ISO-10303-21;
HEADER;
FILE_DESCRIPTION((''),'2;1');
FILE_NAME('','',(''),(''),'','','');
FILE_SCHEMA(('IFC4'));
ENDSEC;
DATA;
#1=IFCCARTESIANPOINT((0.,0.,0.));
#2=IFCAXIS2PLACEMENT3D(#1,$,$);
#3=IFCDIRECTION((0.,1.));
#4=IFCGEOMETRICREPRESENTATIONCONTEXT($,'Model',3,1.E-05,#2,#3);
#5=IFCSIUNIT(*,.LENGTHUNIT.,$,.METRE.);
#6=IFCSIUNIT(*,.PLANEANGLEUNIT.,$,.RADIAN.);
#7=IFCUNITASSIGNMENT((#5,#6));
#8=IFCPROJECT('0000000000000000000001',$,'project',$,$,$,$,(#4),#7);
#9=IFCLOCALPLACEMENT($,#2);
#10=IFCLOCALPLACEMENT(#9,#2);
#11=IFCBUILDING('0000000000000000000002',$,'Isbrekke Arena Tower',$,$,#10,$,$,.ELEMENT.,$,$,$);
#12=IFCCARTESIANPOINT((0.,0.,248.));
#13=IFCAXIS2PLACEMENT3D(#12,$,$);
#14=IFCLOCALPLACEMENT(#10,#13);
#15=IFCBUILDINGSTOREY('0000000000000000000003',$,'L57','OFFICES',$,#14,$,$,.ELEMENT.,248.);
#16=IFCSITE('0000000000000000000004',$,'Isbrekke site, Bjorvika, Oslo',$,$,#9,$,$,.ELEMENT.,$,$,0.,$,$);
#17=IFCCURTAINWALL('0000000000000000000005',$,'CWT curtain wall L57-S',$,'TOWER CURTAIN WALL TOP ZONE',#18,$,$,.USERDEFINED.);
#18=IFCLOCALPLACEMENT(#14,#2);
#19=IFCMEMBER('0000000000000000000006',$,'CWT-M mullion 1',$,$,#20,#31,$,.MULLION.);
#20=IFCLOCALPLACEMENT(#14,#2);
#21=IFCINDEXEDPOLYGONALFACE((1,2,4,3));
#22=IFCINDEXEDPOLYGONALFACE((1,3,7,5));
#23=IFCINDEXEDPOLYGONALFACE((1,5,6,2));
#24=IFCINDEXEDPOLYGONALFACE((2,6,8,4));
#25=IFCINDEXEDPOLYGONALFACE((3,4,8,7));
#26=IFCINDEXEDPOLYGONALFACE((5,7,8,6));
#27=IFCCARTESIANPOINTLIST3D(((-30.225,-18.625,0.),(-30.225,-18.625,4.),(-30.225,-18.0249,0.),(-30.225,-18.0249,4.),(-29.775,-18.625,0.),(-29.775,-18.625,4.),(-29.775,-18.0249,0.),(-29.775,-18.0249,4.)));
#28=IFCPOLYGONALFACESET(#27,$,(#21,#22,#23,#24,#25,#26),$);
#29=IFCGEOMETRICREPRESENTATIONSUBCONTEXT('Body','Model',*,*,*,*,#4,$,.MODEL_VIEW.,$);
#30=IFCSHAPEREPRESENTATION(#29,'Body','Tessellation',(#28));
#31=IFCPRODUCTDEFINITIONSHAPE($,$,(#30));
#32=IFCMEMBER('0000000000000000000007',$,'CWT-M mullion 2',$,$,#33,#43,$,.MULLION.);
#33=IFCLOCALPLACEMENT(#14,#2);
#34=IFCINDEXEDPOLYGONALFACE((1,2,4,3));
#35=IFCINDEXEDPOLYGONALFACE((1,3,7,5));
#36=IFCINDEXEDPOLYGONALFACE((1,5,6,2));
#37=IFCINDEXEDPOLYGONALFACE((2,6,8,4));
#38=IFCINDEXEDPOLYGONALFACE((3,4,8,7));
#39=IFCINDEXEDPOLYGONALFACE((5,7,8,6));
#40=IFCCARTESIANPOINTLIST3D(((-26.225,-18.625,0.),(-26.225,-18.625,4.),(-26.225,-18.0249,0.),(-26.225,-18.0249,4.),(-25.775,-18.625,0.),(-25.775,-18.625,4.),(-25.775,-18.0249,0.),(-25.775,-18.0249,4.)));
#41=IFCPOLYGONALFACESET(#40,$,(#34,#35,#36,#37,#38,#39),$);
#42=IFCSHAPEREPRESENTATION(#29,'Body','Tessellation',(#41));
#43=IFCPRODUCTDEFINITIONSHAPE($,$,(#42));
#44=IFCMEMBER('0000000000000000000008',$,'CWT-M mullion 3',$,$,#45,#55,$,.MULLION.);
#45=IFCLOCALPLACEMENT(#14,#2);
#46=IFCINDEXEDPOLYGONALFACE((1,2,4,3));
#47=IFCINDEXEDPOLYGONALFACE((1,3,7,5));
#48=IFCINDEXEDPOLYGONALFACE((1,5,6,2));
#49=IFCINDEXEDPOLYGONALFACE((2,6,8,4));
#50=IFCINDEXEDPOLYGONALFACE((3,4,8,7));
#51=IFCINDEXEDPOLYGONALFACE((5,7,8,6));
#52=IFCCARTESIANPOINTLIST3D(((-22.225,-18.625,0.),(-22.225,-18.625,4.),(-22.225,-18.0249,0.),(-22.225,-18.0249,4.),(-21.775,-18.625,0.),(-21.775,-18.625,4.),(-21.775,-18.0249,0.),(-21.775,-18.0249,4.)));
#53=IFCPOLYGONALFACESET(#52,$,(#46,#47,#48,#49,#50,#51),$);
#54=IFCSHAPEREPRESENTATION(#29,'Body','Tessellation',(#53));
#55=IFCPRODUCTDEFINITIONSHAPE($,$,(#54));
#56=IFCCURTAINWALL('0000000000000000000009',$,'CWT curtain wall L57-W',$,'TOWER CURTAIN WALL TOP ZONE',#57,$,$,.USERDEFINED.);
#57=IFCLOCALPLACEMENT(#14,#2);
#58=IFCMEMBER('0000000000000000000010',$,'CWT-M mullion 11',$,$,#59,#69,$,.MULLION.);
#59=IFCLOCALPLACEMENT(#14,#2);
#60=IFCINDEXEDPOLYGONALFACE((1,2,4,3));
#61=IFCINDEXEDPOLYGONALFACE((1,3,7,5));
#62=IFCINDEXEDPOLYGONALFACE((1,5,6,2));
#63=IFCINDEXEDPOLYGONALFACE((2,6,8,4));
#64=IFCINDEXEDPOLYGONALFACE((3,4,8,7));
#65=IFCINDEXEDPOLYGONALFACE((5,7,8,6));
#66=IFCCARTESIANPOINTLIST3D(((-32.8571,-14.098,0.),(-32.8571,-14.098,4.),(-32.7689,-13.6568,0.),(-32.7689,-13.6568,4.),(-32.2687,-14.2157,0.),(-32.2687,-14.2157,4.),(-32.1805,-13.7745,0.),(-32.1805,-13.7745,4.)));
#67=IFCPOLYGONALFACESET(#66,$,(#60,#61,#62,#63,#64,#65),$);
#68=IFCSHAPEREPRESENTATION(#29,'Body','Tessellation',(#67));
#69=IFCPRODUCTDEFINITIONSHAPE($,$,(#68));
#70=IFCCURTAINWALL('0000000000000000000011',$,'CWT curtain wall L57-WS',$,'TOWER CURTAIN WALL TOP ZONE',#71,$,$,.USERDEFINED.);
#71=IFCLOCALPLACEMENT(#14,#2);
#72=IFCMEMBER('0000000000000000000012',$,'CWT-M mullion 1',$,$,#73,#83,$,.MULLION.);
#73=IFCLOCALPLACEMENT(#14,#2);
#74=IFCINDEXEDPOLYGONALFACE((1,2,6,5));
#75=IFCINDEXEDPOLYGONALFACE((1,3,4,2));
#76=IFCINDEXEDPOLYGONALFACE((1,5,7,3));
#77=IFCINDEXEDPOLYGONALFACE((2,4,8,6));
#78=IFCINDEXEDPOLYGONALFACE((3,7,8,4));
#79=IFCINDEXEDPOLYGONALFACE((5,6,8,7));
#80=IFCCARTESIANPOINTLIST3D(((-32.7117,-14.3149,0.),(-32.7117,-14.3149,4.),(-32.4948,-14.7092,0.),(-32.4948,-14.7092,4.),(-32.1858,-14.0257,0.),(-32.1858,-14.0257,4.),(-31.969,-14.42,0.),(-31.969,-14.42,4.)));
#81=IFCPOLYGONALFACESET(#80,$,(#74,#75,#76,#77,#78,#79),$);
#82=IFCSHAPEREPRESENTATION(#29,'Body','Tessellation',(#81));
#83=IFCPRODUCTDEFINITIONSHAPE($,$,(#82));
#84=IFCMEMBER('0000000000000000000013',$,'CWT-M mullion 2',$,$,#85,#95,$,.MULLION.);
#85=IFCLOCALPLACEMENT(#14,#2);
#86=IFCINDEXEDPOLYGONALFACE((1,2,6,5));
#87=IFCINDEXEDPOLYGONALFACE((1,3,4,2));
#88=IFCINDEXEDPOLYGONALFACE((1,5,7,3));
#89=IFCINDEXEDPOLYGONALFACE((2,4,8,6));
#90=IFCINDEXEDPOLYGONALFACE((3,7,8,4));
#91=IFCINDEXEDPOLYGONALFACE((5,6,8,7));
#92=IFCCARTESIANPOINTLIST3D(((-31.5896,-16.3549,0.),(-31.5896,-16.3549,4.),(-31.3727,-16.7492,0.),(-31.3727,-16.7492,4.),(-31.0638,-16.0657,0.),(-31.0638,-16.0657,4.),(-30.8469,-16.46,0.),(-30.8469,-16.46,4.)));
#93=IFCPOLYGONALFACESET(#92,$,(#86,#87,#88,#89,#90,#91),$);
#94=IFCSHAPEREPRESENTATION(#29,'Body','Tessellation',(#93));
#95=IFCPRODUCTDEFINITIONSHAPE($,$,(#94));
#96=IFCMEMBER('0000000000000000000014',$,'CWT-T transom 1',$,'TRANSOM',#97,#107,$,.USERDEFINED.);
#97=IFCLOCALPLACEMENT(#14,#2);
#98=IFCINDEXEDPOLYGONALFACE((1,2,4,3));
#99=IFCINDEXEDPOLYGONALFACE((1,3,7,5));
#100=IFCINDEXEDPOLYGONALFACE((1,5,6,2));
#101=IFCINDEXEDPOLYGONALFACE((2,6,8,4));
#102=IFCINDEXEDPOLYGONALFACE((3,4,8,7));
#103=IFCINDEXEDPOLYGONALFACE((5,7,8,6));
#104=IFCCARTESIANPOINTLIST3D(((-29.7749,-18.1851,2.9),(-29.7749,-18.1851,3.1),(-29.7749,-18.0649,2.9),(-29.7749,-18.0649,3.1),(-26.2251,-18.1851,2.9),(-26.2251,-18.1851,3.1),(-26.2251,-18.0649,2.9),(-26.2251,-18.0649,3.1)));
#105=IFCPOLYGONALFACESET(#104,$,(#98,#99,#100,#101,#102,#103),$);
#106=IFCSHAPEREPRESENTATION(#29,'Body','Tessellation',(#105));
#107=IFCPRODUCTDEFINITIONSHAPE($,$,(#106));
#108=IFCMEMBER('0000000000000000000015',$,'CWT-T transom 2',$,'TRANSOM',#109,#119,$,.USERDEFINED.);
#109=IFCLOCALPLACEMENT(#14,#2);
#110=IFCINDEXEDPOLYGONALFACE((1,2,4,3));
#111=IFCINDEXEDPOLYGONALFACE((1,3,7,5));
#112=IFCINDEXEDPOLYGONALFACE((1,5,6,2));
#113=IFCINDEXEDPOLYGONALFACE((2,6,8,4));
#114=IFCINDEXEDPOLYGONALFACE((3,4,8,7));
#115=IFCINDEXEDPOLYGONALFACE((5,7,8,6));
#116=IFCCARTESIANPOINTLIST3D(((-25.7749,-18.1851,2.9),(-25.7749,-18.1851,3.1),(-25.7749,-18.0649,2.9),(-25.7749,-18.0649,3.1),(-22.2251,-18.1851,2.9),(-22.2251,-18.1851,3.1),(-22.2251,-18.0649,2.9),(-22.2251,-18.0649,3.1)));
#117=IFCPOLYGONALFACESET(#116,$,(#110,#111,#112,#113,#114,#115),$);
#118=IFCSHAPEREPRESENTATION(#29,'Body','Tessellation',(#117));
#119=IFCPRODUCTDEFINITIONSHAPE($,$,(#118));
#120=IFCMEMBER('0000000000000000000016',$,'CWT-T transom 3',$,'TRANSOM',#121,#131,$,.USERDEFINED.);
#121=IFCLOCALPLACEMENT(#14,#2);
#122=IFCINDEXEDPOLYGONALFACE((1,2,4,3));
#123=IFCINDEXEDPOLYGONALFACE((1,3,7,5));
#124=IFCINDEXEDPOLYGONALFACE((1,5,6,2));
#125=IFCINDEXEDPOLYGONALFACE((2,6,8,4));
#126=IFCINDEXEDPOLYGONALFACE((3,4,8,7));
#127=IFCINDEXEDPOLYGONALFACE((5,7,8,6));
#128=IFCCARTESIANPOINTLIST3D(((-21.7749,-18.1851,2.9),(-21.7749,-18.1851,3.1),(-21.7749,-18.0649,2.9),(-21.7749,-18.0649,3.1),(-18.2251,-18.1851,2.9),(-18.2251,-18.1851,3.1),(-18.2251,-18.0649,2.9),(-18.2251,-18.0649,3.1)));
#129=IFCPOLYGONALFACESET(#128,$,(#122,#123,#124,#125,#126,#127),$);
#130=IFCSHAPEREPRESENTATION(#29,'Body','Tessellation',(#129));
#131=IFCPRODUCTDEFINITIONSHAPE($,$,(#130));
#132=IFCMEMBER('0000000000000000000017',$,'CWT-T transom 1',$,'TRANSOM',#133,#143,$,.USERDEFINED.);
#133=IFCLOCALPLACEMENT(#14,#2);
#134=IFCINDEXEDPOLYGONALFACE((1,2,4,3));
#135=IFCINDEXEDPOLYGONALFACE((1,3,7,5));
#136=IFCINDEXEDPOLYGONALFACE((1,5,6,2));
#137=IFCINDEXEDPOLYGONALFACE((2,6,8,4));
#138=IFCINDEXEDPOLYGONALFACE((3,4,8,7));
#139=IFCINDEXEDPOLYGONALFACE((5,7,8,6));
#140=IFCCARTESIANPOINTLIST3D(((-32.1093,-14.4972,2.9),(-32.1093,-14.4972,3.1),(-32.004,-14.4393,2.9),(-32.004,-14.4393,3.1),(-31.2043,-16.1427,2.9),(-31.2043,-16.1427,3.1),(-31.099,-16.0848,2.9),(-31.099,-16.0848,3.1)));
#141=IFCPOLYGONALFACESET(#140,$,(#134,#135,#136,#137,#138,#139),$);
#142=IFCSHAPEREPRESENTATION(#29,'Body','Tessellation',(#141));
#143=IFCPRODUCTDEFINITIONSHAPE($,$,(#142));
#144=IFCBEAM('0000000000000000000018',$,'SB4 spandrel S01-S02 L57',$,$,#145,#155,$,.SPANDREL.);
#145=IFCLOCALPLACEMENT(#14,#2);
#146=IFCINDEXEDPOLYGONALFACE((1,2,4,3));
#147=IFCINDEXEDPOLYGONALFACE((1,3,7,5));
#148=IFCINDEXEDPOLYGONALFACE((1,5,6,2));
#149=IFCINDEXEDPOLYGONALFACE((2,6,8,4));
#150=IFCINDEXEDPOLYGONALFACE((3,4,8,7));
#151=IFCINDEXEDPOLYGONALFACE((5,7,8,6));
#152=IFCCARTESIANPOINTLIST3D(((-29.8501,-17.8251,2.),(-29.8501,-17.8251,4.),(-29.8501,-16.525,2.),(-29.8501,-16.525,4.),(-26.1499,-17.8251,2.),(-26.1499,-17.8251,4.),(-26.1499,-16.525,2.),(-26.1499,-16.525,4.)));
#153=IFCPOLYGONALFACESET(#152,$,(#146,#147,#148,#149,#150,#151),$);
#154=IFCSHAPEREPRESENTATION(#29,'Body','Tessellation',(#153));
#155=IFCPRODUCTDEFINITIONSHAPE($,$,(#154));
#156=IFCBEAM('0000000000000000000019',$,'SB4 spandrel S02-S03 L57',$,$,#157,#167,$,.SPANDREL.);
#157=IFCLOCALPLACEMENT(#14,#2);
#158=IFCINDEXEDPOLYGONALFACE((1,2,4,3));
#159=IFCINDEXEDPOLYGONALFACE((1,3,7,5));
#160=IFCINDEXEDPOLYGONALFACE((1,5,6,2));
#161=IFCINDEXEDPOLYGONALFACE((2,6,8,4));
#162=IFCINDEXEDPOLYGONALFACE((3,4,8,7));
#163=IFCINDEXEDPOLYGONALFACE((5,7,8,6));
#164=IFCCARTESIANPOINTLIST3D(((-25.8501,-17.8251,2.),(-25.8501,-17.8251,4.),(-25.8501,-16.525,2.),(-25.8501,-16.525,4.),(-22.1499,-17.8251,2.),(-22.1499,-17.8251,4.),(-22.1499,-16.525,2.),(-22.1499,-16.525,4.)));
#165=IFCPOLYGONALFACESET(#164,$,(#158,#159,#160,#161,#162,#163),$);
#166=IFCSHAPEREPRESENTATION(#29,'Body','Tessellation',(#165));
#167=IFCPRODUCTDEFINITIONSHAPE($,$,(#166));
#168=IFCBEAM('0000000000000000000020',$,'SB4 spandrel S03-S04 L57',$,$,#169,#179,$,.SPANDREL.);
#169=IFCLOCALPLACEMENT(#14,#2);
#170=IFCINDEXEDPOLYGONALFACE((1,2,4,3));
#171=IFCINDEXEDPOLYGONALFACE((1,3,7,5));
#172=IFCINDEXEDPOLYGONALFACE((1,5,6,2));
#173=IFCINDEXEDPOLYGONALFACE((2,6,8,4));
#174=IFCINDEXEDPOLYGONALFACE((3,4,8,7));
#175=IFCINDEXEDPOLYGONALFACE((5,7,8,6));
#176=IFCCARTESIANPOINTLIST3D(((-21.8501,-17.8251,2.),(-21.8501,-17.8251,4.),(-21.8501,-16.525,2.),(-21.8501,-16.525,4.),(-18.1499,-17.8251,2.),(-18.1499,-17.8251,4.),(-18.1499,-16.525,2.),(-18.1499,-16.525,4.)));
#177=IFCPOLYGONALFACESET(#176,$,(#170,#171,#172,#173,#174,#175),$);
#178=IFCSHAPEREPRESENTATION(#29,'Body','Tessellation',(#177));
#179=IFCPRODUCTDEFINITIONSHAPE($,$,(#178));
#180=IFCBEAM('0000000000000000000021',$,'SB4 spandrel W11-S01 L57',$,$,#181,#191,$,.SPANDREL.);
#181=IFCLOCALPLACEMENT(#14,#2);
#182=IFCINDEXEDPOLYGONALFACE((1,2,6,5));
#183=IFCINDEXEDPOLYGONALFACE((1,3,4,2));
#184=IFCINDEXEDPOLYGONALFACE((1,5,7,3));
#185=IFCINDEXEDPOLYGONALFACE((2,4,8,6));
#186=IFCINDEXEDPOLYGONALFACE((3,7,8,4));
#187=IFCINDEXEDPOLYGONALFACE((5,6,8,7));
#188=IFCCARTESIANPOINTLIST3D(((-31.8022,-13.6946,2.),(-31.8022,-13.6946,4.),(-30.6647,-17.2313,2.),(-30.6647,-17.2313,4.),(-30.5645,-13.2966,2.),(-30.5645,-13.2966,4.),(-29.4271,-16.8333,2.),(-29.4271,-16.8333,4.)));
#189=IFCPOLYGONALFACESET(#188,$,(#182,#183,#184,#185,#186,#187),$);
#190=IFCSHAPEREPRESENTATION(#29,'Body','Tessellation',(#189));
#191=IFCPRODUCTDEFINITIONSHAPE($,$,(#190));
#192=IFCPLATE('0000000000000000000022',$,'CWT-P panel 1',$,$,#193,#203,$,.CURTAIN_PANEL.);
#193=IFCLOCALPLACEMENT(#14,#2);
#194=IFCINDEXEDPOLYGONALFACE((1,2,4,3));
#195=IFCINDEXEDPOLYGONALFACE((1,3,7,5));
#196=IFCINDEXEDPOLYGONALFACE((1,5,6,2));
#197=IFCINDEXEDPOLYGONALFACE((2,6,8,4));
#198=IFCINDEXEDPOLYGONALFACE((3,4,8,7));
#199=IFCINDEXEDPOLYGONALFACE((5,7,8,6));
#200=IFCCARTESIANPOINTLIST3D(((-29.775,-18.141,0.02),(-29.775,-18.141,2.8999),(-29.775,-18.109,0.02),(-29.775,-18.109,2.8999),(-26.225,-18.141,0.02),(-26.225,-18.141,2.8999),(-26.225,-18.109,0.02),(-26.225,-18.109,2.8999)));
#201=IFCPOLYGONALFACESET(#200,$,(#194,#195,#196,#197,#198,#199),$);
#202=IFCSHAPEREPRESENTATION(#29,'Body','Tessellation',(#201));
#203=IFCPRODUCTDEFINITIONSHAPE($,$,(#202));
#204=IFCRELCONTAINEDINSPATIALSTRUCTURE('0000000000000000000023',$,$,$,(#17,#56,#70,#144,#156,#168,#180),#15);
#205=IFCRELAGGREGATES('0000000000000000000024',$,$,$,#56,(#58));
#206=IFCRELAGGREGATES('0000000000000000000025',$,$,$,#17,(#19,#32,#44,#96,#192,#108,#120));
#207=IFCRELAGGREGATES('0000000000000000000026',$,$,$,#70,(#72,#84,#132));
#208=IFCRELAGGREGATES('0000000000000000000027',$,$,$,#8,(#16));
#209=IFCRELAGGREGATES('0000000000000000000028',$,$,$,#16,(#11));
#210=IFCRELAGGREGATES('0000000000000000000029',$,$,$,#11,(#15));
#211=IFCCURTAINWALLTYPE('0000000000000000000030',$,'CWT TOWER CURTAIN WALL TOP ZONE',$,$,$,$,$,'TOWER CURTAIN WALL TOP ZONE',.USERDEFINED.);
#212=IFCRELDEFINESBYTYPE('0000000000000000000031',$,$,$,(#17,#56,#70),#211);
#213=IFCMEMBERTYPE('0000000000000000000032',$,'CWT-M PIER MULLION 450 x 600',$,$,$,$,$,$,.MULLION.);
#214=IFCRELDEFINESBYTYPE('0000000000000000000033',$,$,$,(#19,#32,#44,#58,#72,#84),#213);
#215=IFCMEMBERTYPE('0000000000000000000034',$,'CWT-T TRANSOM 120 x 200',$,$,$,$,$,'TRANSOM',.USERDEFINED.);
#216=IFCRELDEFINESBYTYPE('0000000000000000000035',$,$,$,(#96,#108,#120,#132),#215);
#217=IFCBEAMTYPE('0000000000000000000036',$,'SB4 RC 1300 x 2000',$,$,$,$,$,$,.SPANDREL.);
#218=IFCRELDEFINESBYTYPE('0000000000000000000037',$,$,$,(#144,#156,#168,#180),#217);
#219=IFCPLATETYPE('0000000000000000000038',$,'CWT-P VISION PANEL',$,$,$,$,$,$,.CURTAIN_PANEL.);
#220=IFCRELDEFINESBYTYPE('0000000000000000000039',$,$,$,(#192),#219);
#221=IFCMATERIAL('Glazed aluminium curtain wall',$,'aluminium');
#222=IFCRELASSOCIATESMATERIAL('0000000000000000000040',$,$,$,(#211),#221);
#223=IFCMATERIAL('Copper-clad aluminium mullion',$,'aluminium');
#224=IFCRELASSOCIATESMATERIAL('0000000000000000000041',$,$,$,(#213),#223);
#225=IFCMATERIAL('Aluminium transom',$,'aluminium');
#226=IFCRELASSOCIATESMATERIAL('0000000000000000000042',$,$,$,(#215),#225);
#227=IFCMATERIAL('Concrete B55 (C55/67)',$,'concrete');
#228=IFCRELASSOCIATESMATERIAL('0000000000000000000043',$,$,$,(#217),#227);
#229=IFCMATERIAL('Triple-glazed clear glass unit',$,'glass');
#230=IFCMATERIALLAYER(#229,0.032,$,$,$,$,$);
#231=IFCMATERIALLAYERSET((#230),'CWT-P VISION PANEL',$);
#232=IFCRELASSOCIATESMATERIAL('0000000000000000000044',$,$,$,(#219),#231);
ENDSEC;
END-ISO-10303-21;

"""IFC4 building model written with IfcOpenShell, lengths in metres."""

from ifc_helpers import new_model, si_unit, direction, frame, origin, origin_2d, place, context, subcontext, project, spatial, rectangle, extrude, material, layer, layer_set, material_profile, profile_set, type_object, element, aggregate, save


model = new_model("IFC4")

# Units and contexts
model_context = context("Model", 3, precision=1e-05, world=origin(), true_north=direction((0.0, 1.0)))
body_context = subcontext(model_context, "Body", "Model", "MODEL_VIEW")
ifc_project = project(units=[si_unit("LENGTHUNIT", "METRE"), si_unit("PLANEANGLEUNIT", "RADIAN")], contexts=[model_context])

# Site, building, storey
site_placement = place(None, origin())
site = spatial("IfcSite", under=ifc_project, at=site_placement, Name="Isbrekke site, Bjorvika, Oslo", CompositionType="ELEMENT", RefElevation=0.0)
building_placement = place(site_placement, origin())
building = spatial("IfcBuilding", under=site, at=building_placement, Name="Isbrekke Arena Tower", CompositionType="ELEMENT")
storey_placement = place(building_placement, frame((0.0, 0.0, 248.0)))
storey = spatial("IfcBuildingStorey", under=building, at=storey_placement, Name="L57", Description="OFFICES", CompositionType="ELEMENT", Elevation=248.0)

# Curtain wall, members
ifc_material_1 = material(Name="Glazed aluminium curtain wall", Category="aluminium")
curtain_wall_type = type_object("IfcCurtainWallType", Name="CWT TOWER CURTAIN WALL TOP ZONE", ElementType="TOWER CURTAIN WALL TOP ZONE", PredefinedType="USERDEFINED", material=ifc_material_1)
curtain_wall_1_placement = place(storey_placement, origin())
curtain_wall_1 = element("IfcCurtainWall", 1, at=curtain_wall_1_placement, inside=storey, type_object=curtain_wall_type, Name="CWT curtain wall L57-S", ObjectType="TOWER CURTAIN WALL TOP ZONE", PredefinedType="USERDEFINED")
ifc_material_2 = material(Name="Copper-clad aluminium mullion", Category="aluminium")
ifc_material_profile_1 = material_profile(ifc_material_2, rectangle(XDim=0.45, YDim=0.6001, at=origin_2d()), Name="PIER 450X600")
ifc_profile_set_1 = profile_set([ifc_material_profile_1], Name="Copper-clad aluminium mullion")
member_type_1 = type_object("IfcMemberType", Name="CWT-M PIER MULLION 450 x 600", PredefinedType="MULLION", material=ifc_profile_set_1)
member_1_placement = place(storey_placement, frame((-30.0, -18.325, 0.0), z_axis=(0.0, 0.0, 1.0), x_axis=(1.0, 0.0, 0.0)))
member_1 = element("IfcMember", 2, at=member_1_placement, type_object=member_type_1, Name="CWT-M mullion 1", PredefinedType="MULLION", context=body_context, shape_type="SweptSolid", body=[
    extrude(rectangle(XDim=0.45, YDim=0.6001, at=origin_2d()), origin(), (0.0, 0.0, 1.0), 4.0),
])
member_2_placement = place(storey_placement, frame((-26.0, -18.325, 0.0), z_axis=(0.0, 0.0, 1.0), x_axis=(1.0, 0.0, 0.0)))
member_2 = element("IfcMember", 3, at=member_2_placement, type_object=member_type_1, Name="CWT-M mullion 2", PredefinedType="MULLION", context=body_context, shape_type="SweptSolid", body=[
    extrude(rectangle(XDim=0.45, YDim=0.6001, at=origin_2d()), origin(), (0.0, 0.0, 1.0), 4.0),
])
member_3_placement = place(storey_placement, frame((-22.0, -18.325, 0.0), z_axis=(0.0, 0.0, 1.0), x_axis=(1.0, 0.0, 0.0)))
member_3 = element("IfcMember", 4, at=member_3_placement, type_object=member_type_1, Name="CWT-M mullion 3", PredefinedType="MULLION", context=body_context, shape_type="SweptSolid", body=[
    extrude(rectangle(XDim=0.45, YDim=0.6001, at=origin_2d()), origin(), (0.0, 0.0, 1.0), 4.0),
])

# Curtain wall, member
curtain_wall_2_placement = place(storey_placement, origin())
curtain_wall_2 = element("IfcCurtainWall", 5, at=curtain_wall_2_placement, inside=storey, type_object=curtain_wall_type, Name="CWT curtain wall L57-W", ObjectType="TOWER CURTAIN WALL TOP ZONE", PredefinedType="USERDEFINED")
member_4_placement = place(storey_placement, frame((-32.5188, -13.9363, 0.0), z_axis=(0.0, 0.0, 1.0), x_axis=(-0.196116, -0.980581, 0.0)))
member_4 = element("IfcMember", 6, at=member_4_placement, type_object=member_type_1, Name="CWT-M mullion 11", PredefinedType="MULLION", context=body_context, shape_type="SweptSolid", body=[
    extrude(rectangle(XDim=0.45, YDim=0.6001, at=origin_2d()), origin(), (0.0, 0.0, 1.0), 4.0),
])
aggregate(curtain_wall_2, [member_4])

# Curtain wall, members
curtain_wall_3_placement = place(storey_placement, origin())
curtain_wall_3 = element("IfcCurtainWall", 7, at=curtain_wall_3_placement, inside=storey, type_object=curtain_wall_type, Name="CWT curtain wall L57-WS", ObjectType="TOWER CURTAIN WALL TOP ZONE", PredefinedType="USERDEFINED")
member_5_placement = place(storey_placement, frame((-32.3403, -14.3674, 0.0), z_axis=(0.0, 0.0, 1.0), x_axis=(0.481919, -0.876216, 0.0)))
member_5 = element("IfcMember", 8, at=member_5_placement, type_object=member_type_1, Name="CWT-M mullion 1", PredefinedType="MULLION", context=body_context, shape_type="SweptSolid", body=[
    extrude(rectangle(XDim=0.45, YDim=0.6001, at=origin_2d()), origin(), (0.0, 0.0, 1.0), 4.0),
])
member_6_placement = place(storey_placement, frame((-31.2183, -16.4075, 0.0), z_axis=(0.0, 0.0, 1.0), x_axis=(0.481919, -0.876216, 0.0)))
member_6 = element("IfcMember", 9, at=member_6_placement, type_object=member_type_1, Name="CWT-M mullion 2", PredefinedType="MULLION", context=body_context, shape_type="SweptSolid", body=[
    extrude(rectangle(XDim=0.45, YDim=0.6001, at=origin_2d()), origin(), (0.0, 0.0, 1.0), 4.0),
])

# Members
ifc_material_3 = material(Name="Aluminium transom", Category="aluminium")
ifc_material_profile_2 = material_profile(ifc_material_3, rectangle(XDim=0.1201, YDim=0.2, at=origin_2d()), Name="TRANSOM 120X200")
ifc_profile_set_2 = profile_set([ifc_material_profile_2], Name="Aluminium transom")
member_type_2 = type_object("IfcMemberType", Name="CWT-T TRANSOM 120 x 200", ElementType="TRANSOM", PredefinedType="USERDEFINED", material=ifc_profile_set_2)
member_7_placement = place(storey_placement, frame((-29.7749, -18.125, 3.0), z_axis=(1.0, 0.0, 0.0), x_axis=(0.0, 1.0, 0.0)))
member_7 = element("IfcMember", 10, at=member_7_placement, type_object=member_type_2, Name="CWT-T transom 1", ObjectType="TRANSOM", PredefinedType="USERDEFINED", context=body_context, shape_type="SweptSolid", body=[
    extrude(rectangle(XDim=0.1201, YDim=0.2, at=origin_2d()), origin(), (0.0, 0.0, 1.0), 3.5498),
])
member_8_placement = place(storey_placement, frame((-25.7749, -18.125, 3.0), z_axis=(1.0, 0.0, 0.0), x_axis=(0.0, 1.0, 0.0)))
member_8 = element("IfcMember", 11, at=member_8_placement, type_object=member_type_2, Name="CWT-T transom 2", ObjectType="TRANSOM", PredefinedType="USERDEFINED", context=body_context, shape_type="SweptSolid", body=[
    extrude(rectangle(XDim=0.1201, YDim=0.2, at=origin_2d()), origin(), (0.0, 0.0, 1.0), 3.5498),
])
member_9_placement = place(storey_placement, frame((-21.7749, -18.125, 3.0), z_axis=(1.0, 0.0, 0.0), x_axis=(0.0, 1.0, 0.0)))
member_9 = element("IfcMember", 12, at=member_9_placement, type_object=member_type_2, Name="CWT-T transom 3", ObjectType="TRANSOM", PredefinedType="USERDEFINED", context=body_context, shape_type="SweptSolid", body=[
    extrude(rectangle(XDim=0.1201, YDim=0.2, at=origin_2d()), origin(), (0.0, 0.0, 1.0), 3.5498),
])
member_10_placement = place(storey_placement, frame((-32.0566, -14.4683, 3.0), z_axis=(0.481919, -0.876216, 0.0), x_axis=(0.876216, 0.481919, 0.0)))
member_10 = element("IfcMember", 13, at=member_10_placement, type_object=member_type_2, Name="CWT-T transom 1", ObjectType="TRANSOM", PredefinedType="USERDEFINED", context=body_context, shape_type="SweptSolid", body=[
    extrude(rectangle(XDim=0.1201, YDim=0.2, at=origin_2d()), origin(), (0.0, 0.0, 1.0), 1.8779),
])

# Beams
ifc_material_4 = material(Name="Concrete B55 (C55/67)", Category="concrete")
ifc_material_profile_3 = material_profile(ifc_material_4, rectangle(XDim=1.3, YDim=2.0, at=origin_2d()), Name="RC 1300x2000")
ifc_profile_set_3 = profile_set([ifc_material_profile_3], Name="Concrete B55 (C55/67)")
beam_type_1 = type_object("IfcBeamType", Name="SB4 RC 1300 x 2000", PredefinedType="SPANDREL", material=ifc_profile_set_3)
for number, where, z_axis, x_axis, name in (
    (14, (-29.8501, -17.175, 3.0), (1.0, 0.0, 0.0), (0.0, 1.0, 0.0), "SB4 spandrel S01-S02 L57"),
    (15, (-25.8501, -17.175, 3.0), (1.0, 0.0, 0.0), (0.0, 1.0, 0.0), "SB4 spandrel S02-S03 L57"),
    (16, (-21.8501, -17.175, 3.0), (1.0, 0.0, 0.0), (0.0, 1.0, 0.0), "SB4 spandrel S03-S04 L57"),
):
    element("IfcBeam", number, at=place(storey_placement, frame(where, z_axis=z_axis, x_axis=x_axis)), inside=storey, type_object=beam_type_1, Name=name, PredefinedType="SPANDREL", context=body_context, shape_type="SweptSolid", body=[
        extrude(rectangle(XDim=1.3, YDim=2.0, at=origin_2d()), origin(), (0.0, 0.0, 1.0), 3.7002),
    ])
beam_1_placement = place(storey_placement, frame((-31.1833, -13.4956, 3.0), z_axis=(0.306175, -0.951975, 0.0), x_axis=(0.951975, 0.306175, 0.0)))
element("IfcBeam", 17, at=beam_1_placement, inside=storey, type_object=beam_type_1, Name="SB4 spandrel W11-S01 L57", PredefinedType="SPANDREL", context=body_context, shape_type="SweptSolid", body=[
    extrude(rectangle(XDim=1.3, YDim=2.0, at=origin_2d()), origin(), (0.0, 0.0, 1.0), 3.7151),
])

# Plate
ifc_material_5 = material(Name="Triple-glazed clear glass unit", Category="glass")
ifc_layer_1 = layer(ifc_material_5, 0.032)
ifc_layer_set_1 = layer_set([ifc_layer_1], Name="CWT-P VISION PANEL")
plate_type = type_object("IfcPlateType", Name="CWT-P VISION PANEL", PredefinedType="CURTAIN_PANEL", material=ifc_layer_set_1)
plate_1_placement = place(storey_placement, frame((-28.0, -18.125, 0.02), z_axis=(0.0, 0.0, 1.0), x_axis=(1.0, 0.0, 0.0)))
plate_1 = element("IfcPlate", 18, at=plate_1_placement, type_object=plate_type, Name="CWT-P panel 1", PredefinedType="CURTAIN_PANEL", context=body_context, shape_type="SweptSolid", body=[
    extrude(rectangle(XDim=3.55, YDim=0.032, at=origin_2d()), origin(), (0.0, 0.0, 1.0), 2.8799),
])
aggregate(curtain_wall_1, [member_1, member_2, member_3, member_7, plate_1, member_8, member_9])
aggregate(curtain_wall_3, [member_5, member_6, member_10])

save(model, "model.ifc")
